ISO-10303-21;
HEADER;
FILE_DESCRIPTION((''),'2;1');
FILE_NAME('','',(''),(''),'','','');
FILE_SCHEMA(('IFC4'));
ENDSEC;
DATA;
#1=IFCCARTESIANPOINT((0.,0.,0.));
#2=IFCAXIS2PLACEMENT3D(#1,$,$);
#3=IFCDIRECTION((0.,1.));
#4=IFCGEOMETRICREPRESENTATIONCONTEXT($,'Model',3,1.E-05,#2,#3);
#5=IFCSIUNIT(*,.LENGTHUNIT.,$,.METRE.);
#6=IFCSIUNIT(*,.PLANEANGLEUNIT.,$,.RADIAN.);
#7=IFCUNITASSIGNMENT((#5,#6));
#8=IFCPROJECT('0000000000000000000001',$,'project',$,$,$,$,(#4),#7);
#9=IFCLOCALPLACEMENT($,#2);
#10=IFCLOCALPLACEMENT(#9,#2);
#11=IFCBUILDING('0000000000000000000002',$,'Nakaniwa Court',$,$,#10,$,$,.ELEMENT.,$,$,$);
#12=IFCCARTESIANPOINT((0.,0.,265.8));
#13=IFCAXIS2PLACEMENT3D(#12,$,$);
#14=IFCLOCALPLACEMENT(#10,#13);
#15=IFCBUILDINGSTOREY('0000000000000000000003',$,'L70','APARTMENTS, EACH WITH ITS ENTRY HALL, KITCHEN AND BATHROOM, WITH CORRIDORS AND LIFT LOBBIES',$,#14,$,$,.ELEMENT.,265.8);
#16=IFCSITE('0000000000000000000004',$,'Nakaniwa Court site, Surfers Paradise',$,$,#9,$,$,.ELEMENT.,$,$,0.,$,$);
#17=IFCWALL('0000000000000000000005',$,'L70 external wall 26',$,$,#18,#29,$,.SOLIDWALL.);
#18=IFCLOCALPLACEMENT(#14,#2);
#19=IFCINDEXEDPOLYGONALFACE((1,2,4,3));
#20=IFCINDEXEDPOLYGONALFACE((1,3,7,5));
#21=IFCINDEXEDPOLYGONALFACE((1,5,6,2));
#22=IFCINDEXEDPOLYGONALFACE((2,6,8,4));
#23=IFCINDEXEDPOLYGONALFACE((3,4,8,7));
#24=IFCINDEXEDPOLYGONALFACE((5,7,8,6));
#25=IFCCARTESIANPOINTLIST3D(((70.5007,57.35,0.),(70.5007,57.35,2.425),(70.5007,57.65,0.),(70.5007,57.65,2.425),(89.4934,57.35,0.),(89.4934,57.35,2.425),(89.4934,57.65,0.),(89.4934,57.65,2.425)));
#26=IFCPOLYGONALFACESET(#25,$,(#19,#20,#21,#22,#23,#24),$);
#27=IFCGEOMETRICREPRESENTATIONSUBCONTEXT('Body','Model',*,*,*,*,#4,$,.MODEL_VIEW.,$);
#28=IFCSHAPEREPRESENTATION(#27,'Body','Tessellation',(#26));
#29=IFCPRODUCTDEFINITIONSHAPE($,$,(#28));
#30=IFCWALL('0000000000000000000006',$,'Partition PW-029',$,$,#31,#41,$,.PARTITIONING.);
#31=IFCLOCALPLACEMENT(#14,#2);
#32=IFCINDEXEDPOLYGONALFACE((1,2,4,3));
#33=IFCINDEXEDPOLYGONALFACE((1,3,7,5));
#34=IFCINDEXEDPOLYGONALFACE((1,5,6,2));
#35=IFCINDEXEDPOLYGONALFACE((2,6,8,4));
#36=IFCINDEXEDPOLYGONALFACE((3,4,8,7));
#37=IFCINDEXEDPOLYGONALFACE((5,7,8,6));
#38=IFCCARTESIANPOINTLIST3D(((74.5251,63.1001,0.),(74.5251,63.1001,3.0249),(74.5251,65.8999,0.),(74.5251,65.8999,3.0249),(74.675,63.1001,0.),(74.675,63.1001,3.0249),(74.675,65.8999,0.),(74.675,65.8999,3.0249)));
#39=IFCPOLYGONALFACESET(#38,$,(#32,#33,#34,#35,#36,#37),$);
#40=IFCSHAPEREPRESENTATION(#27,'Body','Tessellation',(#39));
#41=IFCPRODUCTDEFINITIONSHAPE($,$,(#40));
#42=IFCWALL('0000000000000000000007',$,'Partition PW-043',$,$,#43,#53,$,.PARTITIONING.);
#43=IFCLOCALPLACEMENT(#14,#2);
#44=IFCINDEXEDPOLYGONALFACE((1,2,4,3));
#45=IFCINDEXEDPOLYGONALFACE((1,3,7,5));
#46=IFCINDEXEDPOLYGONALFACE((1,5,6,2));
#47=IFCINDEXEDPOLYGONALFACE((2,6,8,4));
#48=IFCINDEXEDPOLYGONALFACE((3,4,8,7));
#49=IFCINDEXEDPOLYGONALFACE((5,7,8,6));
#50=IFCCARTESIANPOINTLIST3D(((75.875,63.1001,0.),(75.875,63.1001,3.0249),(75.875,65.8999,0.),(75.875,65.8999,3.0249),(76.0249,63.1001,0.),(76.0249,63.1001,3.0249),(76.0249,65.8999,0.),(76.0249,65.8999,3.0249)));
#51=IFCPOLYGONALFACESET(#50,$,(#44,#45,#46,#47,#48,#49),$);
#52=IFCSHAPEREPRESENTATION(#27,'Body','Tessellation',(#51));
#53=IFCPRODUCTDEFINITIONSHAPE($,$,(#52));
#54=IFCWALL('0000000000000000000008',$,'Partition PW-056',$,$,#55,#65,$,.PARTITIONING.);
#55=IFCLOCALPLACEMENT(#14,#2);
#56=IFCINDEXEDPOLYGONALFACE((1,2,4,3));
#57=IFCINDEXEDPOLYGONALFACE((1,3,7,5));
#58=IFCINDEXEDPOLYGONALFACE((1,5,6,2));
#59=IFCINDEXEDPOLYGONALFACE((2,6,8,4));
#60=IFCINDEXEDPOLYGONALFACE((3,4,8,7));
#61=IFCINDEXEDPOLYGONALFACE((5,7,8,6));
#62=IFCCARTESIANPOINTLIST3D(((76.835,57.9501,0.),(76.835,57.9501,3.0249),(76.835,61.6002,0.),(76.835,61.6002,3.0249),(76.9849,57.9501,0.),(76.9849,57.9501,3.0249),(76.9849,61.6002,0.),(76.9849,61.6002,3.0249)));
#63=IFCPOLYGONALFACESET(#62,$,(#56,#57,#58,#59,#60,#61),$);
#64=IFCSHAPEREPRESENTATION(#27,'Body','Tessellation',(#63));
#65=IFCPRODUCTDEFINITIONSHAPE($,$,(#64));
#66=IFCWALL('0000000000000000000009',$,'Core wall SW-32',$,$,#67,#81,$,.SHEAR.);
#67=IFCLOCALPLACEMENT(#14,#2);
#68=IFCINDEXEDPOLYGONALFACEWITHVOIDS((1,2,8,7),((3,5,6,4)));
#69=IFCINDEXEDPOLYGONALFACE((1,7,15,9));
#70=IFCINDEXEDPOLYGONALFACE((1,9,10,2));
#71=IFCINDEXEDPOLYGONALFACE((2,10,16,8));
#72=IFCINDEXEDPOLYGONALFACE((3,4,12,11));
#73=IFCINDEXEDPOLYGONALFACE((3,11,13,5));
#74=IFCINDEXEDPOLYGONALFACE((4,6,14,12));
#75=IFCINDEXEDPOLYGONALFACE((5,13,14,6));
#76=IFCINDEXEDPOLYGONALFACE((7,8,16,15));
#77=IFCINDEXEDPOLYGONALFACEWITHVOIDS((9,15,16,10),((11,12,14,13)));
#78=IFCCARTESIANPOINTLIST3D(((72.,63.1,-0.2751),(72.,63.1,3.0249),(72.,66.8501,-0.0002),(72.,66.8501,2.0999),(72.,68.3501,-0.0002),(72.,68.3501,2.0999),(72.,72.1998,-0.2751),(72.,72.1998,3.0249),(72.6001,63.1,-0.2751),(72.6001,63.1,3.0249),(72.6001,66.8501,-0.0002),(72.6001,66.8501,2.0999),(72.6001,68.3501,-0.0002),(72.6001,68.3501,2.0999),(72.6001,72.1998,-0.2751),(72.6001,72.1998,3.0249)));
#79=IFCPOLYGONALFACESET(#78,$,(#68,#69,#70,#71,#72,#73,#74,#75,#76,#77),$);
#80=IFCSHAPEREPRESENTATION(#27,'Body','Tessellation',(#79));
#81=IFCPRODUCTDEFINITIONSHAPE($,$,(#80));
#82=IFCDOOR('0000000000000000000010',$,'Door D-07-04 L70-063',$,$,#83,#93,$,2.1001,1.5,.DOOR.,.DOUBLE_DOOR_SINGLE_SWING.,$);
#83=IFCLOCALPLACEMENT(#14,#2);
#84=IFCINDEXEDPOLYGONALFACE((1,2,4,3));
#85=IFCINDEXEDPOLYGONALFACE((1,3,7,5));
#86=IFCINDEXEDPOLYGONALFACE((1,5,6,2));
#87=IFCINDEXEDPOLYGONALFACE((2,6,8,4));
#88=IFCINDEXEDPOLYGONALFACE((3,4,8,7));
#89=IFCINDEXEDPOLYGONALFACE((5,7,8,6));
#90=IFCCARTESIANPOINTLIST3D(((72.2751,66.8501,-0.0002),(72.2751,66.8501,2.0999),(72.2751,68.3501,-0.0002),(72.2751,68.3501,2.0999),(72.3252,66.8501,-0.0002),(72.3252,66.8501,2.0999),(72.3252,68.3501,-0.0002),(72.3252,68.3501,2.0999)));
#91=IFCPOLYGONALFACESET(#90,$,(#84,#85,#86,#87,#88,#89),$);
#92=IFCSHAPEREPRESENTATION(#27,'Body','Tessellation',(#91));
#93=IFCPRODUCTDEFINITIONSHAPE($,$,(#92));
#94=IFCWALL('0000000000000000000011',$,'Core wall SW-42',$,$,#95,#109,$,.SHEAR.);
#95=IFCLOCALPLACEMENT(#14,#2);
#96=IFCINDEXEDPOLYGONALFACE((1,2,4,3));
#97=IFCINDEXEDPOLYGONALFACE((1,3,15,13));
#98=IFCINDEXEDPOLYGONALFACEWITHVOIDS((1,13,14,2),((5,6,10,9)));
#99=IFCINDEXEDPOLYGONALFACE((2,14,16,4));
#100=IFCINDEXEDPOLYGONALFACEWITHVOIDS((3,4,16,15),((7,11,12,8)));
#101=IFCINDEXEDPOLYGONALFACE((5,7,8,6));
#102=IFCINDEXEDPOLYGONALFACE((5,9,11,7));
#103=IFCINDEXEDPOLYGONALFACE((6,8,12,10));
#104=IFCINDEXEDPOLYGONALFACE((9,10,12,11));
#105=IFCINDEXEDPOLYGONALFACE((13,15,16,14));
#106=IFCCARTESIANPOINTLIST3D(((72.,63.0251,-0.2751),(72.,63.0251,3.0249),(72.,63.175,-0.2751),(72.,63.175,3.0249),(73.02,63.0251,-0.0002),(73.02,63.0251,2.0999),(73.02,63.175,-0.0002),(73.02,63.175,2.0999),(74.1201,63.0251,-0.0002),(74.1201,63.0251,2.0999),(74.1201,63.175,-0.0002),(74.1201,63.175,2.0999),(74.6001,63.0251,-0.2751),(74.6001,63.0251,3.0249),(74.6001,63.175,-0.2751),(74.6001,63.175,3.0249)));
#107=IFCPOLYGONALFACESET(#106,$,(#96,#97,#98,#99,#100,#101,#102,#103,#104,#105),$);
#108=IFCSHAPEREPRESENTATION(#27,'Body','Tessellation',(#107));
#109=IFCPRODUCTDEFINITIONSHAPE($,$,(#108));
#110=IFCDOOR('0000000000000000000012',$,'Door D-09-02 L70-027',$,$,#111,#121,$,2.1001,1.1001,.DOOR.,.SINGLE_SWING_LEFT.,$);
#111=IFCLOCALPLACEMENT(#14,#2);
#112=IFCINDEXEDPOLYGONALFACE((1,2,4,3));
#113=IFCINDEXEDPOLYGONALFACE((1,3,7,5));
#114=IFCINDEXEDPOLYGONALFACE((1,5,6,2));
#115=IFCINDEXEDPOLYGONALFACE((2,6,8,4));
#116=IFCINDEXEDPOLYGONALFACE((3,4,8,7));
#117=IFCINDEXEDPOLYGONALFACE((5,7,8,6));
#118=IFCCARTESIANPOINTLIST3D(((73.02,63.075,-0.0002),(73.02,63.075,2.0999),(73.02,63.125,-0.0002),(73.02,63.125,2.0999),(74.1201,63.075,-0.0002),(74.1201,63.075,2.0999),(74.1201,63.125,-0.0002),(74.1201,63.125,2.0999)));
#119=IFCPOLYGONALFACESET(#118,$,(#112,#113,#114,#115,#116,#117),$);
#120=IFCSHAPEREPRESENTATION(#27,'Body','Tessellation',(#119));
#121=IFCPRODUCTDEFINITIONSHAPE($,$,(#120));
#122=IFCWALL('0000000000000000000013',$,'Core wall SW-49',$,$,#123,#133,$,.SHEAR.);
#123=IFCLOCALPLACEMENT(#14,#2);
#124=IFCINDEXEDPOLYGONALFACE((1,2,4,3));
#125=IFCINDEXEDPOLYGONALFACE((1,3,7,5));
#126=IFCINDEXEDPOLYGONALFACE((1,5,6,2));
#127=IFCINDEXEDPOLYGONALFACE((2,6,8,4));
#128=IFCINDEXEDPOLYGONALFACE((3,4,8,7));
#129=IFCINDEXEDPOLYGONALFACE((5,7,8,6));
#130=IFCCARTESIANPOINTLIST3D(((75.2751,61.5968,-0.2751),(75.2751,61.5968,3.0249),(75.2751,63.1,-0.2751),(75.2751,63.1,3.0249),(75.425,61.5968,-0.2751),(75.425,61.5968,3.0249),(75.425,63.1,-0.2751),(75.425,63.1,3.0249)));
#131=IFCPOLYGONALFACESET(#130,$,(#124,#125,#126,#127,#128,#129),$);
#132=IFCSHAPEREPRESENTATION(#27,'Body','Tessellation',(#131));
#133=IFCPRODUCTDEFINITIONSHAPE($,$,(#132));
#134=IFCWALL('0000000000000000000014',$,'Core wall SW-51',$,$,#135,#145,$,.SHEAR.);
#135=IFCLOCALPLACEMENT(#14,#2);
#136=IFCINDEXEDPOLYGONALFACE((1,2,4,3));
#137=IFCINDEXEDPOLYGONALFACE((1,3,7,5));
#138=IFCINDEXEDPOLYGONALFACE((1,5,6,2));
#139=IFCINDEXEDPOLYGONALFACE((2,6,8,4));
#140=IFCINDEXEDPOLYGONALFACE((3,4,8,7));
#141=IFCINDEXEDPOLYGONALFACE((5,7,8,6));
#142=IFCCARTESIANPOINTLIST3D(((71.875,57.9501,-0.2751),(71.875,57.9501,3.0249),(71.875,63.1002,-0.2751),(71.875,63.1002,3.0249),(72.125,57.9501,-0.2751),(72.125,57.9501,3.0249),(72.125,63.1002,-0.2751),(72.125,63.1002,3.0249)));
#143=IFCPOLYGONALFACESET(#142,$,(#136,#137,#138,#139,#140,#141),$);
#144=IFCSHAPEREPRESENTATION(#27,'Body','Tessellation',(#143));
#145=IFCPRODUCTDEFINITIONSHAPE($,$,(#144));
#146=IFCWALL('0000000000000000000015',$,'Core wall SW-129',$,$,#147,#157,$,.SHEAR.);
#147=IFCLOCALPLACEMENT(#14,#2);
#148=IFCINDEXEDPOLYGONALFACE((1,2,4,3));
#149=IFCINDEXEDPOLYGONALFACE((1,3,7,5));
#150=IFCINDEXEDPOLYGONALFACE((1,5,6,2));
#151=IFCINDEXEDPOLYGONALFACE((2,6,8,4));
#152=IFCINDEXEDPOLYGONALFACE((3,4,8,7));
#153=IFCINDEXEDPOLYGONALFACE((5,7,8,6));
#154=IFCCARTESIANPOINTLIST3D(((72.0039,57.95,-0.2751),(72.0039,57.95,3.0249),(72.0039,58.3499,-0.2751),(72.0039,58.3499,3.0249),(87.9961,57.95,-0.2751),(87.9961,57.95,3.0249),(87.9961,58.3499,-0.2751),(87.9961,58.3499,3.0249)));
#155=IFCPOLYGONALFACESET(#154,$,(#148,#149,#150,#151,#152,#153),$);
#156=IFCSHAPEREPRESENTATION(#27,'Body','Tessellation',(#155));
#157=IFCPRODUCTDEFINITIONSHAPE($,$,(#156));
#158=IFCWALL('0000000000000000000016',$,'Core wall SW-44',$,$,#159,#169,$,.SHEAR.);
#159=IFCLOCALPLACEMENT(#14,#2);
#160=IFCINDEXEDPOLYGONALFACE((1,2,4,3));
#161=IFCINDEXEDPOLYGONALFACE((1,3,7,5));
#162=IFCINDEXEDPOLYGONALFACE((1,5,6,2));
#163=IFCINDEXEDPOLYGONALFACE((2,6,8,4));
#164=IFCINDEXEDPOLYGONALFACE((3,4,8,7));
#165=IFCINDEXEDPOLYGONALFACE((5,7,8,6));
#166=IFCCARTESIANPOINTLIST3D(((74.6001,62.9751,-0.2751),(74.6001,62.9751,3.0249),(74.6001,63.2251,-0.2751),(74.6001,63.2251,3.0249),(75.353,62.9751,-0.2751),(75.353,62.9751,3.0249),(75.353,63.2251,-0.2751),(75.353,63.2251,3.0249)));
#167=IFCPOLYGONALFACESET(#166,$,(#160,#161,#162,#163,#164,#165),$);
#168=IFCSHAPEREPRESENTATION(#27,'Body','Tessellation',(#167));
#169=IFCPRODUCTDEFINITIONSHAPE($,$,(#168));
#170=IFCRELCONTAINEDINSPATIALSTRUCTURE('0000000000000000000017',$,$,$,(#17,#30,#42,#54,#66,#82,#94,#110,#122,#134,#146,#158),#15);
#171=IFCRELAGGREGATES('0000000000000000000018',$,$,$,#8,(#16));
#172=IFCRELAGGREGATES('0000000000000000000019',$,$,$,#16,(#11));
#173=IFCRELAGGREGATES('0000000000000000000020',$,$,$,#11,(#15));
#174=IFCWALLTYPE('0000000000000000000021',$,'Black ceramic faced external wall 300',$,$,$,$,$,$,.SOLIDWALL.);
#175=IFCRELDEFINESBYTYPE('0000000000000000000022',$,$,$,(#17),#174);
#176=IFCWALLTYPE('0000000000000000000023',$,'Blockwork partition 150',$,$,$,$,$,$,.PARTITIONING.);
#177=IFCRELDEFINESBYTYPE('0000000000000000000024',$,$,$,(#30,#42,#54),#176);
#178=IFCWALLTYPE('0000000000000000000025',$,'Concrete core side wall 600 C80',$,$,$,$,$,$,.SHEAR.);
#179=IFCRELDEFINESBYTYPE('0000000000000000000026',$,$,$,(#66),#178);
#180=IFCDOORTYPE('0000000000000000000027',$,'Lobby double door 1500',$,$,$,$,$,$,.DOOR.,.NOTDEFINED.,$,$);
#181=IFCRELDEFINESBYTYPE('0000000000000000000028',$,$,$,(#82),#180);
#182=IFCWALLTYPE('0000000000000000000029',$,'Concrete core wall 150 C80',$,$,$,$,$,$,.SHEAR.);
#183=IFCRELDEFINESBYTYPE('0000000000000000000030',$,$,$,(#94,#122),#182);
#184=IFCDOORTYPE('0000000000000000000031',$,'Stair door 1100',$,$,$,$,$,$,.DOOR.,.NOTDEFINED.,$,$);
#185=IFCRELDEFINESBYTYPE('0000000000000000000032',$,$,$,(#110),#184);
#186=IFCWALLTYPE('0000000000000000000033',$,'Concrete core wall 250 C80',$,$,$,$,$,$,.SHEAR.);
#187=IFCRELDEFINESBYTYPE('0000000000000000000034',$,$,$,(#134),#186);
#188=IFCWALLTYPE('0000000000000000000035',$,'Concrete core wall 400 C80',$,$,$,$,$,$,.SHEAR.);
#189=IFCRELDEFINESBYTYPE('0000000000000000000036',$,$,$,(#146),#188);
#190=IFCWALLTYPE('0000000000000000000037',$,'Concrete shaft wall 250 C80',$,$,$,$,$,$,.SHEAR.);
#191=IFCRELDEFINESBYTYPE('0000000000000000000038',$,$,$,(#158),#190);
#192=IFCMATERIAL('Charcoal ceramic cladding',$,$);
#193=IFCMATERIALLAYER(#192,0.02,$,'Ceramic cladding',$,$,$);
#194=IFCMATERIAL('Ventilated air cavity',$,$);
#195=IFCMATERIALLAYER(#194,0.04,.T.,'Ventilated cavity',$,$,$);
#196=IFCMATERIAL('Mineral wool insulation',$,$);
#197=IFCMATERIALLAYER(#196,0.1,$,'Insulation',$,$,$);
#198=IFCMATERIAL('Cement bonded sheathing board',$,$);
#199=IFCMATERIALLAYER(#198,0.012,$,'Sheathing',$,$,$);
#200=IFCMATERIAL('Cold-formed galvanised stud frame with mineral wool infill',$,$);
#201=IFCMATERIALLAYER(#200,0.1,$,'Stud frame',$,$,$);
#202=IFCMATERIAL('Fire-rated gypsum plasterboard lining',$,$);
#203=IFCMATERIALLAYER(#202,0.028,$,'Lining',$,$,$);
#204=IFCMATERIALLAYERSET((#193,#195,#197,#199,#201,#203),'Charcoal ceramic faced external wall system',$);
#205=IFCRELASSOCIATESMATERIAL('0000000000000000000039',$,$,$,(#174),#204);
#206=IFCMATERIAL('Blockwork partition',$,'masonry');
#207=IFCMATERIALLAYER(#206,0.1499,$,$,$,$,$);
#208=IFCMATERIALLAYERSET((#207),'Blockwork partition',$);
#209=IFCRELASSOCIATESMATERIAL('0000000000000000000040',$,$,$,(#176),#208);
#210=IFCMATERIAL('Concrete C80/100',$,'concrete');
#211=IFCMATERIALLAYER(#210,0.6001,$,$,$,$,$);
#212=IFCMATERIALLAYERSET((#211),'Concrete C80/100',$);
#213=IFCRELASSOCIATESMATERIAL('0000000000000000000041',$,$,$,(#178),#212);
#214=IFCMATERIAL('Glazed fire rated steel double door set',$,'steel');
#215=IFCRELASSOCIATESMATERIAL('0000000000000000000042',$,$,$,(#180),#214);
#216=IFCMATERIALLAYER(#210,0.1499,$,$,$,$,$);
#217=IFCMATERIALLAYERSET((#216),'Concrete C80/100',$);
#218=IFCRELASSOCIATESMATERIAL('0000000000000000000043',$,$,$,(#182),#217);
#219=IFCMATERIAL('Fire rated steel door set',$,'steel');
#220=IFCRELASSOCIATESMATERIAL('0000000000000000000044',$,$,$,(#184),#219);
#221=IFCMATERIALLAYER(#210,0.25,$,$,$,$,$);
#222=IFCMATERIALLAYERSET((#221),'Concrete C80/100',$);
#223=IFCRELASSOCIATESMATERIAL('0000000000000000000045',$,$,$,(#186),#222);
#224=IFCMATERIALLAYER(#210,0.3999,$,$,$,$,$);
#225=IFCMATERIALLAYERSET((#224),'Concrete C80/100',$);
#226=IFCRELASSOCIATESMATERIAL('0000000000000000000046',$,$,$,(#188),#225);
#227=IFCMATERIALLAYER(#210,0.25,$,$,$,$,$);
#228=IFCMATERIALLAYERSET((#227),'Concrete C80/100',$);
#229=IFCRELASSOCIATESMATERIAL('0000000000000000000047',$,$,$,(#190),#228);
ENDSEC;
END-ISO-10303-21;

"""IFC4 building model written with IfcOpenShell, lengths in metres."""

from ifc_helpers import new_model, si_unit, direction, frame, frame_2d, origin, place, context, subcontext, project, spatial, rectangle, extrude, material, layer, layer_set, type_object, element, fill, save


model = new_model("IFC4")

# Units and contexts
model_context = context("Model", 3, precision=1e-05, world=origin(), true_north=direction((0.0, 1.0)))
body_context = subcontext(model_context, "Body", "Model", "MODEL_VIEW")
ifc_project = project(units=[si_unit("LENGTHUNIT", "METRE"), si_unit("PLANEANGLEUNIT", "RADIAN")], contexts=[model_context])

# Site, building, storey
site_placement = place(None, origin())
site = spatial("IfcSite", under=ifc_project, at=site_placement, Name="Nakaniwa Court site, Surfers Paradise", CompositionType="ELEMENT", RefElevation=0.0)
building_placement = place(site_placement, origin())
building = spatial("IfcBuilding", under=site, at=building_placement, Name="Nakaniwa Court", CompositionType="ELEMENT")
storey_placement = place(building_placement, frame((0.0, 0.0, 265.8)))
storey = spatial("IfcBuildingStorey", under=building, at=storey_placement, Name="L70", Description="APARTMENTS, EACH WITH ITS ENTRY HALL, KITCHEN AND BATHROOM, WITH CORRIDORS AND LIFT LOBBIES", CompositionType="ELEMENT", Elevation=265.8)

# Walls
ifc_material_1 = material(Name="Charcoal ceramic cladding")
ifc_layer_1 = layer(ifc_material_1, 0.02, Name="Ceramic cladding")
ifc_material_2 = material(Name="Ventilated air cavity")
ifc_layer_2 = layer(ifc_material_2, 0.04, ventilated=True, Name="Ventilated cavity")
ifc_material_3 = material(Name="Mineral wool insulation")
ifc_layer_3 = layer(ifc_material_3, 0.1, Name="Insulation")
ifc_material_4 = material(Name="Cement bonded sheathing board")
ifc_layer_4 = layer(ifc_material_4, 0.012, Name="Sheathing")
ifc_material_5 = material(Name="Cold-formed galvanised stud frame with mineral wool infill")
ifc_layer_5 = layer(ifc_material_5, 0.1, Name="Stud frame")
ifc_material_6 = material(Name="Fire-rated gypsum plasterboard lining")
ifc_layer_6 = layer(ifc_material_6, 0.028, Name="Lining")
ifc_layer_set_1 = layer_set([ifc_layer_1, ifc_layer_2, ifc_layer_3, ifc_layer_4, ifc_layer_5, ifc_layer_6], Name="Charcoal ceramic faced external wall system")
wall_type_1 = type_object("IfcWallType", Name="Black ceramic faced external wall 300", PredefinedType="SOLIDWALL", material=ifc_layer_set_1)
wall_1_placement = place(storey_placement, frame((70.5007, 57.5, 0.0), z_axis=(0.0, 0.0, 1.0), x_axis=(1.0, 0.0, 0.0)))
element("IfcWall", 1, at=wall_1_placement, inside=storey, type_object=wall_type_1, Name="L70 external wall 26", PredefinedType="SOLIDWALL", context=body_context, shape_type="SweptSolid", body=[
    extrude(rectangle(XDim=18.9927, YDim=0.3, at=frame_2d((9.4963, 0.0))), origin(), (0.0, 0.0, 1.0), 2.425),
])
ifc_material_7 = material(Name="Blockwork partition", Category="masonry")
ifc_layer_7 = layer(ifc_material_7, 0.1499)
ifc_layer_set_2 = layer_set([ifc_layer_7], Name="Blockwork partition")
wall_type_2 = type_object("IfcWallType", Name="Blockwork partition 150", PredefinedType="PARTITIONING", material=ifc_layer_set_2)
for number, where, z_axis, x_axis, name in (
    (2, (74.6001, 63.1001, 0.0), (0.0, 0.0, 1.0), (0.0, 1.0, 0.0), "Partition PW-029"),
    (3, (75.95, 63.1001, 0.0), (0.0, 0.0, 1.0), (0.0, 1.0, 0.0), "Partition PW-043"),
):
    element("IfcWall", number, at=place(storey_placement, frame(where, z_axis=z_axis, x_axis=x_axis)), inside=storey, type_object=wall_type_2, Name=name, PredefinedType="PARTITIONING", context=body_context, shape_type="SweptSolid", body=[
        extrude(rectangle(XDim=2.7998, YDim=0.1499, at=frame_2d((1.3999, 0.0))), origin(), (0.0, 0.0, 1.0), 3.0249),
    ])
wall_2_placement = place(storey_placement, frame((76.9099, 57.95, 0.0), z_axis=(0.0, 0.0, 1.0), x_axis=(0.0, 1.0, 0.0)))
element("IfcWall", 4, at=wall_2_placement, inside=storey, type_object=wall_type_2, Name="Partition PW-056", PredefinedType="PARTITIONING", context=body_context, shape_type="SweptSolid", body=[
    extrude(rectangle(XDim=3.6501, YDim=0.1499, at=frame_2d((1.8252, 0.0))), origin(), (0.0, 0.0, 1.0), 3.0249),
])

# Walls, openings, doors
ifc_material_8 = material(Name="Concrete C80/100", Category="concrete")
ifc_layer_8 = layer(ifc_material_8, 0.6001)
ifc_layer_set_3 = layer_set([ifc_layer_8], Name="Concrete C80/100")
wall_type_3 = type_object("IfcWallType", Name="Concrete core side wall 600 C80", PredefinedType="SHEAR", material=ifc_layer_set_3)
wall_3_placement = place(storey_placement, frame((72.3, 63.1001, -0.2751), z_axis=(0.0, 0.0, 1.0), x_axis=(0.0, 1.0, 0.0)))
wall_3 = element("IfcWall", 5, at=wall_3_placement, inside=storey, type_object=wall_type_3, Name="Core wall SW-32", PredefinedType="SHEAR", context=body_context, shape_type="SweptSolid", body=[
    extrude(rectangle(XDim=9.0999, YDim=0.6001, at=frame_2d((4.5498, 0.0))), origin(), (0.0, 0.0, 1.0), 3.3),
])
opening_1_placement = place(wall_3_placement, frame((3.75, 0.0, 0.2749)))
opening_1 = element("IfcOpeningElement", 6, at=opening_1_placement, cuts=wall_3, PredefinedType="OPENING", context=body_context, shape_type="SweptSolid", body=[
    extrude(rectangle(XDim=1.5, YDim=2.1001, at=frame_2d((0.75, 1.05))), frame((0.0, 0.3101, 0.0), z_axis=(0.0, -1.0, 0.0), x_axis=(1.0, 0.0, 0.0)), (0.0, 0.0, 1.0), 0.6201),
])
ifc_material_9 = material(Name="Glazed fire rated steel double door set", Category="steel")
door_type_1 = type_object("IfcDoorType", Name="Lobby double door 1500", OperationType="NOTDEFINED", PredefinedType="DOOR", material=ifc_material_9)
door_1_placement = place(opening_1_placement, origin())
door_1 = element("IfcDoor", 7, at=door_1_placement, inside=storey, type_object=door_type_1, Name="Door D-07-04 L70-063", OperationType="DOUBLE_DOOR_SINGLE_SWING", OverallHeight=2.1001, OverallWidth=1.5, PredefinedType="DOOR", context=body_context, shape_type="SweptSolid", body=[
    extrude(rectangle(XDim=1.5, YDim=2.1001, at=frame_2d((0.75, 1.05))), frame((0.0, 0.0249, 0.0), z_axis=(0.0, -1.0, 0.0), x_axis=(1.0, 0.0, 0.0)), (0.0, 0.0, 1.0), 0.05),
])
fill(opening_1, door_1)
ifc_layer_9 = layer(ifc_material_8, 0.1499)
ifc_layer_set_4 = layer_set([ifc_layer_9], Name="Concrete C80/100")
wall_type_4 = type_object("IfcWallType", Name="Concrete core wall 150 C80", PredefinedType="SHEAR", material=ifc_layer_set_4)
wall_4_placement = place(storey_placement, frame((72.0, 63.1001, -0.2751), z_axis=(0.0, 0.0, 1.0), x_axis=(1.0, 0.0, 0.0)))
wall_4 = element("IfcWall", 8, at=wall_4_placement, inside=storey, type_object=wall_type_4, Name="Core wall SW-42", PredefinedType="SHEAR", context=body_context, shape_type="SweptSolid", body=[
    extrude(rectangle(XDim=2.6001, YDim=0.1499, at=frame_2d((1.3, 0.0))), origin(), (0.0, 0.0, 1.0), 3.3),
])
opening_2_placement = place(wall_4_placement, frame((1.02, 0.0, 0.2749)))
opening_2 = element("IfcOpeningElement", 9, at=opening_2_placement, cuts=wall_4, PredefinedType="OPENING", context=body_context, shape_type="SweptSolid", body=[
    extrude(rectangle(XDim=1.1001, YDim=2.1001, at=frame_2d((0.55, 1.05))), frame((0.0, 0.085, 0.0), z_axis=(0.0, -1.0, 0.0), x_axis=(1.0, 0.0, 0.0)), (0.0, 0.0, 1.0), 0.1699),
])
ifc_material_10 = material(Name="Fire rated steel door set", Category="steel")
door_type_2 = type_object("IfcDoorType", Name="Stair door 1100", OperationType="NOTDEFINED", PredefinedType="DOOR", material=ifc_material_10)
door_2_placement = place(opening_2_placement, origin())
door_2 = element("IfcDoor", 10, at=door_2_placement, inside=storey, type_object=door_type_2, Name="Door D-09-02 L70-027", OperationType="SINGLE_SWING_LEFT", OverallHeight=2.1001, OverallWidth=1.1001, PredefinedType="DOOR", context=body_context, shape_type="SweptSolid", body=[
    extrude(rectangle(XDim=1.1001, YDim=2.1001, at=frame_2d((0.55, 1.05))), frame((0.0, 0.0249, 0.0), z_axis=(0.0, -1.0, 0.0), x_axis=(1.0, 0.0, 0.0)), (0.0, 0.0, 1.0), 0.05),
])
fill(opening_2, door_2)

# Walls
wall_5_placement = place(storey_placement, frame((75.3501, 61.5969, -0.2751), z_axis=(0.0, 0.0, 1.0), x_axis=(0.0, 1.0, 0.0)))
element("IfcWall", 11, at=wall_5_placement, inside=storey, type_object=wall_type_4, Name="Core wall SW-49", PredefinedType="SHEAR", context=body_context, shape_type="SweptSolid", body=[
    extrude(rectangle(XDim=1.5032, YDim=0.1499, at=frame_2d((0.7515, 0.0))), origin(), (0.0, 0.0, 1.0), 3.3),
])
ifc_layer_10 = layer(ifc_material_8, 0.25)
ifc_layer_set_5 = layer_set([ifc_layer_10], Name="Concrete C80/100")
wall_type_5 = type_object("IfcWallType", Name="Concrete core wall 250 C80", PredefinedType="SHEAR", material=ifc_layer_set_5)
wall_6_placement = place(storey_placement, frame((72.0, 57.95, -0.2751), z_axis=(0.0, 0.0, 1.0), x_axis=(0.0, 1.0, 0.0)))
element("IfcWall", 12, at=wall_6_placement, inside=storey, type_object=wall_type_5, Name="Core wall SW-51", PredefinedType="SHEAR", context=body_context, shape_type="SweptSolid", body=[
    extrude(rectangle(XDim=5.1501, YDim=0.25, at=frame_2d((2.5752, 0.0))), origin(), (0.0, 0.0, 1.0), 3.3),
])
ifc_layer_11 = layer(ifc_material_8, 0.3999)
ifc_layer_set_6 = layer_set([ifc_layer_11], Name="Concrete C80/100")
wall_type_6 = type_object("IfcWallType", Name="Concrete core wall 400 C80", PredefinedType="SHEAR", material=ifc_layer_set_6)
wall_7_placement = place(storey_placement, frame((72.0039, 58.1499, -0.2751), z_axis=(0.0, 0.0, 1.0), x_axis=(1.0, 0.0, 0.0)))
element("IfcWall", 13, at=wall_7_placement, inside=storey, type_object=wall_type_6, Name="Core wall SW-129", PredefinedType="SHEAR", context=body_context, shape_type="SweptSolid", body=[
    extrude(rectangle(XDim=15.9922, YDim=0.3999, at=frame_2d((7.9961, 0.0))), origin(), (0.0, 0.0, 1.0), 3.3),
])
ifc_layer_12 = layer(ifc_material_8, 0.25)
ifc_layer_set_7 = layer_set([ifc_layer_12], Name="Concrete C80/100")
wall_type_7 = type_object("IfcWallType", Name="Concrete shaft wall 250 C80", PredefinedType="SHEAR", material=ifc_layer_set_7)
wall_8_placement = place(storey_placement, frame((74.6001, 63.1001, -0.2751), z_axis=(0.0, 0.0, 1.0), x_axis=(1.0, 0.0, 0.0)))
element("IfcWall", 14, at=wall_8_placement, inside=storey, type_object=wall_type_7, Name="Core wall SW-44", PredefinedType="SHEAR", context=body_context, shape_type="SweptSolid", body=[
    extrude(rectangle(XDim=0.7529, YDim=0.25, at=frame_2d((0.3765, 0.0))), origin(), (0.0, 0.0, 1.0), 3.3),
])

save(model, "model.ifc")
